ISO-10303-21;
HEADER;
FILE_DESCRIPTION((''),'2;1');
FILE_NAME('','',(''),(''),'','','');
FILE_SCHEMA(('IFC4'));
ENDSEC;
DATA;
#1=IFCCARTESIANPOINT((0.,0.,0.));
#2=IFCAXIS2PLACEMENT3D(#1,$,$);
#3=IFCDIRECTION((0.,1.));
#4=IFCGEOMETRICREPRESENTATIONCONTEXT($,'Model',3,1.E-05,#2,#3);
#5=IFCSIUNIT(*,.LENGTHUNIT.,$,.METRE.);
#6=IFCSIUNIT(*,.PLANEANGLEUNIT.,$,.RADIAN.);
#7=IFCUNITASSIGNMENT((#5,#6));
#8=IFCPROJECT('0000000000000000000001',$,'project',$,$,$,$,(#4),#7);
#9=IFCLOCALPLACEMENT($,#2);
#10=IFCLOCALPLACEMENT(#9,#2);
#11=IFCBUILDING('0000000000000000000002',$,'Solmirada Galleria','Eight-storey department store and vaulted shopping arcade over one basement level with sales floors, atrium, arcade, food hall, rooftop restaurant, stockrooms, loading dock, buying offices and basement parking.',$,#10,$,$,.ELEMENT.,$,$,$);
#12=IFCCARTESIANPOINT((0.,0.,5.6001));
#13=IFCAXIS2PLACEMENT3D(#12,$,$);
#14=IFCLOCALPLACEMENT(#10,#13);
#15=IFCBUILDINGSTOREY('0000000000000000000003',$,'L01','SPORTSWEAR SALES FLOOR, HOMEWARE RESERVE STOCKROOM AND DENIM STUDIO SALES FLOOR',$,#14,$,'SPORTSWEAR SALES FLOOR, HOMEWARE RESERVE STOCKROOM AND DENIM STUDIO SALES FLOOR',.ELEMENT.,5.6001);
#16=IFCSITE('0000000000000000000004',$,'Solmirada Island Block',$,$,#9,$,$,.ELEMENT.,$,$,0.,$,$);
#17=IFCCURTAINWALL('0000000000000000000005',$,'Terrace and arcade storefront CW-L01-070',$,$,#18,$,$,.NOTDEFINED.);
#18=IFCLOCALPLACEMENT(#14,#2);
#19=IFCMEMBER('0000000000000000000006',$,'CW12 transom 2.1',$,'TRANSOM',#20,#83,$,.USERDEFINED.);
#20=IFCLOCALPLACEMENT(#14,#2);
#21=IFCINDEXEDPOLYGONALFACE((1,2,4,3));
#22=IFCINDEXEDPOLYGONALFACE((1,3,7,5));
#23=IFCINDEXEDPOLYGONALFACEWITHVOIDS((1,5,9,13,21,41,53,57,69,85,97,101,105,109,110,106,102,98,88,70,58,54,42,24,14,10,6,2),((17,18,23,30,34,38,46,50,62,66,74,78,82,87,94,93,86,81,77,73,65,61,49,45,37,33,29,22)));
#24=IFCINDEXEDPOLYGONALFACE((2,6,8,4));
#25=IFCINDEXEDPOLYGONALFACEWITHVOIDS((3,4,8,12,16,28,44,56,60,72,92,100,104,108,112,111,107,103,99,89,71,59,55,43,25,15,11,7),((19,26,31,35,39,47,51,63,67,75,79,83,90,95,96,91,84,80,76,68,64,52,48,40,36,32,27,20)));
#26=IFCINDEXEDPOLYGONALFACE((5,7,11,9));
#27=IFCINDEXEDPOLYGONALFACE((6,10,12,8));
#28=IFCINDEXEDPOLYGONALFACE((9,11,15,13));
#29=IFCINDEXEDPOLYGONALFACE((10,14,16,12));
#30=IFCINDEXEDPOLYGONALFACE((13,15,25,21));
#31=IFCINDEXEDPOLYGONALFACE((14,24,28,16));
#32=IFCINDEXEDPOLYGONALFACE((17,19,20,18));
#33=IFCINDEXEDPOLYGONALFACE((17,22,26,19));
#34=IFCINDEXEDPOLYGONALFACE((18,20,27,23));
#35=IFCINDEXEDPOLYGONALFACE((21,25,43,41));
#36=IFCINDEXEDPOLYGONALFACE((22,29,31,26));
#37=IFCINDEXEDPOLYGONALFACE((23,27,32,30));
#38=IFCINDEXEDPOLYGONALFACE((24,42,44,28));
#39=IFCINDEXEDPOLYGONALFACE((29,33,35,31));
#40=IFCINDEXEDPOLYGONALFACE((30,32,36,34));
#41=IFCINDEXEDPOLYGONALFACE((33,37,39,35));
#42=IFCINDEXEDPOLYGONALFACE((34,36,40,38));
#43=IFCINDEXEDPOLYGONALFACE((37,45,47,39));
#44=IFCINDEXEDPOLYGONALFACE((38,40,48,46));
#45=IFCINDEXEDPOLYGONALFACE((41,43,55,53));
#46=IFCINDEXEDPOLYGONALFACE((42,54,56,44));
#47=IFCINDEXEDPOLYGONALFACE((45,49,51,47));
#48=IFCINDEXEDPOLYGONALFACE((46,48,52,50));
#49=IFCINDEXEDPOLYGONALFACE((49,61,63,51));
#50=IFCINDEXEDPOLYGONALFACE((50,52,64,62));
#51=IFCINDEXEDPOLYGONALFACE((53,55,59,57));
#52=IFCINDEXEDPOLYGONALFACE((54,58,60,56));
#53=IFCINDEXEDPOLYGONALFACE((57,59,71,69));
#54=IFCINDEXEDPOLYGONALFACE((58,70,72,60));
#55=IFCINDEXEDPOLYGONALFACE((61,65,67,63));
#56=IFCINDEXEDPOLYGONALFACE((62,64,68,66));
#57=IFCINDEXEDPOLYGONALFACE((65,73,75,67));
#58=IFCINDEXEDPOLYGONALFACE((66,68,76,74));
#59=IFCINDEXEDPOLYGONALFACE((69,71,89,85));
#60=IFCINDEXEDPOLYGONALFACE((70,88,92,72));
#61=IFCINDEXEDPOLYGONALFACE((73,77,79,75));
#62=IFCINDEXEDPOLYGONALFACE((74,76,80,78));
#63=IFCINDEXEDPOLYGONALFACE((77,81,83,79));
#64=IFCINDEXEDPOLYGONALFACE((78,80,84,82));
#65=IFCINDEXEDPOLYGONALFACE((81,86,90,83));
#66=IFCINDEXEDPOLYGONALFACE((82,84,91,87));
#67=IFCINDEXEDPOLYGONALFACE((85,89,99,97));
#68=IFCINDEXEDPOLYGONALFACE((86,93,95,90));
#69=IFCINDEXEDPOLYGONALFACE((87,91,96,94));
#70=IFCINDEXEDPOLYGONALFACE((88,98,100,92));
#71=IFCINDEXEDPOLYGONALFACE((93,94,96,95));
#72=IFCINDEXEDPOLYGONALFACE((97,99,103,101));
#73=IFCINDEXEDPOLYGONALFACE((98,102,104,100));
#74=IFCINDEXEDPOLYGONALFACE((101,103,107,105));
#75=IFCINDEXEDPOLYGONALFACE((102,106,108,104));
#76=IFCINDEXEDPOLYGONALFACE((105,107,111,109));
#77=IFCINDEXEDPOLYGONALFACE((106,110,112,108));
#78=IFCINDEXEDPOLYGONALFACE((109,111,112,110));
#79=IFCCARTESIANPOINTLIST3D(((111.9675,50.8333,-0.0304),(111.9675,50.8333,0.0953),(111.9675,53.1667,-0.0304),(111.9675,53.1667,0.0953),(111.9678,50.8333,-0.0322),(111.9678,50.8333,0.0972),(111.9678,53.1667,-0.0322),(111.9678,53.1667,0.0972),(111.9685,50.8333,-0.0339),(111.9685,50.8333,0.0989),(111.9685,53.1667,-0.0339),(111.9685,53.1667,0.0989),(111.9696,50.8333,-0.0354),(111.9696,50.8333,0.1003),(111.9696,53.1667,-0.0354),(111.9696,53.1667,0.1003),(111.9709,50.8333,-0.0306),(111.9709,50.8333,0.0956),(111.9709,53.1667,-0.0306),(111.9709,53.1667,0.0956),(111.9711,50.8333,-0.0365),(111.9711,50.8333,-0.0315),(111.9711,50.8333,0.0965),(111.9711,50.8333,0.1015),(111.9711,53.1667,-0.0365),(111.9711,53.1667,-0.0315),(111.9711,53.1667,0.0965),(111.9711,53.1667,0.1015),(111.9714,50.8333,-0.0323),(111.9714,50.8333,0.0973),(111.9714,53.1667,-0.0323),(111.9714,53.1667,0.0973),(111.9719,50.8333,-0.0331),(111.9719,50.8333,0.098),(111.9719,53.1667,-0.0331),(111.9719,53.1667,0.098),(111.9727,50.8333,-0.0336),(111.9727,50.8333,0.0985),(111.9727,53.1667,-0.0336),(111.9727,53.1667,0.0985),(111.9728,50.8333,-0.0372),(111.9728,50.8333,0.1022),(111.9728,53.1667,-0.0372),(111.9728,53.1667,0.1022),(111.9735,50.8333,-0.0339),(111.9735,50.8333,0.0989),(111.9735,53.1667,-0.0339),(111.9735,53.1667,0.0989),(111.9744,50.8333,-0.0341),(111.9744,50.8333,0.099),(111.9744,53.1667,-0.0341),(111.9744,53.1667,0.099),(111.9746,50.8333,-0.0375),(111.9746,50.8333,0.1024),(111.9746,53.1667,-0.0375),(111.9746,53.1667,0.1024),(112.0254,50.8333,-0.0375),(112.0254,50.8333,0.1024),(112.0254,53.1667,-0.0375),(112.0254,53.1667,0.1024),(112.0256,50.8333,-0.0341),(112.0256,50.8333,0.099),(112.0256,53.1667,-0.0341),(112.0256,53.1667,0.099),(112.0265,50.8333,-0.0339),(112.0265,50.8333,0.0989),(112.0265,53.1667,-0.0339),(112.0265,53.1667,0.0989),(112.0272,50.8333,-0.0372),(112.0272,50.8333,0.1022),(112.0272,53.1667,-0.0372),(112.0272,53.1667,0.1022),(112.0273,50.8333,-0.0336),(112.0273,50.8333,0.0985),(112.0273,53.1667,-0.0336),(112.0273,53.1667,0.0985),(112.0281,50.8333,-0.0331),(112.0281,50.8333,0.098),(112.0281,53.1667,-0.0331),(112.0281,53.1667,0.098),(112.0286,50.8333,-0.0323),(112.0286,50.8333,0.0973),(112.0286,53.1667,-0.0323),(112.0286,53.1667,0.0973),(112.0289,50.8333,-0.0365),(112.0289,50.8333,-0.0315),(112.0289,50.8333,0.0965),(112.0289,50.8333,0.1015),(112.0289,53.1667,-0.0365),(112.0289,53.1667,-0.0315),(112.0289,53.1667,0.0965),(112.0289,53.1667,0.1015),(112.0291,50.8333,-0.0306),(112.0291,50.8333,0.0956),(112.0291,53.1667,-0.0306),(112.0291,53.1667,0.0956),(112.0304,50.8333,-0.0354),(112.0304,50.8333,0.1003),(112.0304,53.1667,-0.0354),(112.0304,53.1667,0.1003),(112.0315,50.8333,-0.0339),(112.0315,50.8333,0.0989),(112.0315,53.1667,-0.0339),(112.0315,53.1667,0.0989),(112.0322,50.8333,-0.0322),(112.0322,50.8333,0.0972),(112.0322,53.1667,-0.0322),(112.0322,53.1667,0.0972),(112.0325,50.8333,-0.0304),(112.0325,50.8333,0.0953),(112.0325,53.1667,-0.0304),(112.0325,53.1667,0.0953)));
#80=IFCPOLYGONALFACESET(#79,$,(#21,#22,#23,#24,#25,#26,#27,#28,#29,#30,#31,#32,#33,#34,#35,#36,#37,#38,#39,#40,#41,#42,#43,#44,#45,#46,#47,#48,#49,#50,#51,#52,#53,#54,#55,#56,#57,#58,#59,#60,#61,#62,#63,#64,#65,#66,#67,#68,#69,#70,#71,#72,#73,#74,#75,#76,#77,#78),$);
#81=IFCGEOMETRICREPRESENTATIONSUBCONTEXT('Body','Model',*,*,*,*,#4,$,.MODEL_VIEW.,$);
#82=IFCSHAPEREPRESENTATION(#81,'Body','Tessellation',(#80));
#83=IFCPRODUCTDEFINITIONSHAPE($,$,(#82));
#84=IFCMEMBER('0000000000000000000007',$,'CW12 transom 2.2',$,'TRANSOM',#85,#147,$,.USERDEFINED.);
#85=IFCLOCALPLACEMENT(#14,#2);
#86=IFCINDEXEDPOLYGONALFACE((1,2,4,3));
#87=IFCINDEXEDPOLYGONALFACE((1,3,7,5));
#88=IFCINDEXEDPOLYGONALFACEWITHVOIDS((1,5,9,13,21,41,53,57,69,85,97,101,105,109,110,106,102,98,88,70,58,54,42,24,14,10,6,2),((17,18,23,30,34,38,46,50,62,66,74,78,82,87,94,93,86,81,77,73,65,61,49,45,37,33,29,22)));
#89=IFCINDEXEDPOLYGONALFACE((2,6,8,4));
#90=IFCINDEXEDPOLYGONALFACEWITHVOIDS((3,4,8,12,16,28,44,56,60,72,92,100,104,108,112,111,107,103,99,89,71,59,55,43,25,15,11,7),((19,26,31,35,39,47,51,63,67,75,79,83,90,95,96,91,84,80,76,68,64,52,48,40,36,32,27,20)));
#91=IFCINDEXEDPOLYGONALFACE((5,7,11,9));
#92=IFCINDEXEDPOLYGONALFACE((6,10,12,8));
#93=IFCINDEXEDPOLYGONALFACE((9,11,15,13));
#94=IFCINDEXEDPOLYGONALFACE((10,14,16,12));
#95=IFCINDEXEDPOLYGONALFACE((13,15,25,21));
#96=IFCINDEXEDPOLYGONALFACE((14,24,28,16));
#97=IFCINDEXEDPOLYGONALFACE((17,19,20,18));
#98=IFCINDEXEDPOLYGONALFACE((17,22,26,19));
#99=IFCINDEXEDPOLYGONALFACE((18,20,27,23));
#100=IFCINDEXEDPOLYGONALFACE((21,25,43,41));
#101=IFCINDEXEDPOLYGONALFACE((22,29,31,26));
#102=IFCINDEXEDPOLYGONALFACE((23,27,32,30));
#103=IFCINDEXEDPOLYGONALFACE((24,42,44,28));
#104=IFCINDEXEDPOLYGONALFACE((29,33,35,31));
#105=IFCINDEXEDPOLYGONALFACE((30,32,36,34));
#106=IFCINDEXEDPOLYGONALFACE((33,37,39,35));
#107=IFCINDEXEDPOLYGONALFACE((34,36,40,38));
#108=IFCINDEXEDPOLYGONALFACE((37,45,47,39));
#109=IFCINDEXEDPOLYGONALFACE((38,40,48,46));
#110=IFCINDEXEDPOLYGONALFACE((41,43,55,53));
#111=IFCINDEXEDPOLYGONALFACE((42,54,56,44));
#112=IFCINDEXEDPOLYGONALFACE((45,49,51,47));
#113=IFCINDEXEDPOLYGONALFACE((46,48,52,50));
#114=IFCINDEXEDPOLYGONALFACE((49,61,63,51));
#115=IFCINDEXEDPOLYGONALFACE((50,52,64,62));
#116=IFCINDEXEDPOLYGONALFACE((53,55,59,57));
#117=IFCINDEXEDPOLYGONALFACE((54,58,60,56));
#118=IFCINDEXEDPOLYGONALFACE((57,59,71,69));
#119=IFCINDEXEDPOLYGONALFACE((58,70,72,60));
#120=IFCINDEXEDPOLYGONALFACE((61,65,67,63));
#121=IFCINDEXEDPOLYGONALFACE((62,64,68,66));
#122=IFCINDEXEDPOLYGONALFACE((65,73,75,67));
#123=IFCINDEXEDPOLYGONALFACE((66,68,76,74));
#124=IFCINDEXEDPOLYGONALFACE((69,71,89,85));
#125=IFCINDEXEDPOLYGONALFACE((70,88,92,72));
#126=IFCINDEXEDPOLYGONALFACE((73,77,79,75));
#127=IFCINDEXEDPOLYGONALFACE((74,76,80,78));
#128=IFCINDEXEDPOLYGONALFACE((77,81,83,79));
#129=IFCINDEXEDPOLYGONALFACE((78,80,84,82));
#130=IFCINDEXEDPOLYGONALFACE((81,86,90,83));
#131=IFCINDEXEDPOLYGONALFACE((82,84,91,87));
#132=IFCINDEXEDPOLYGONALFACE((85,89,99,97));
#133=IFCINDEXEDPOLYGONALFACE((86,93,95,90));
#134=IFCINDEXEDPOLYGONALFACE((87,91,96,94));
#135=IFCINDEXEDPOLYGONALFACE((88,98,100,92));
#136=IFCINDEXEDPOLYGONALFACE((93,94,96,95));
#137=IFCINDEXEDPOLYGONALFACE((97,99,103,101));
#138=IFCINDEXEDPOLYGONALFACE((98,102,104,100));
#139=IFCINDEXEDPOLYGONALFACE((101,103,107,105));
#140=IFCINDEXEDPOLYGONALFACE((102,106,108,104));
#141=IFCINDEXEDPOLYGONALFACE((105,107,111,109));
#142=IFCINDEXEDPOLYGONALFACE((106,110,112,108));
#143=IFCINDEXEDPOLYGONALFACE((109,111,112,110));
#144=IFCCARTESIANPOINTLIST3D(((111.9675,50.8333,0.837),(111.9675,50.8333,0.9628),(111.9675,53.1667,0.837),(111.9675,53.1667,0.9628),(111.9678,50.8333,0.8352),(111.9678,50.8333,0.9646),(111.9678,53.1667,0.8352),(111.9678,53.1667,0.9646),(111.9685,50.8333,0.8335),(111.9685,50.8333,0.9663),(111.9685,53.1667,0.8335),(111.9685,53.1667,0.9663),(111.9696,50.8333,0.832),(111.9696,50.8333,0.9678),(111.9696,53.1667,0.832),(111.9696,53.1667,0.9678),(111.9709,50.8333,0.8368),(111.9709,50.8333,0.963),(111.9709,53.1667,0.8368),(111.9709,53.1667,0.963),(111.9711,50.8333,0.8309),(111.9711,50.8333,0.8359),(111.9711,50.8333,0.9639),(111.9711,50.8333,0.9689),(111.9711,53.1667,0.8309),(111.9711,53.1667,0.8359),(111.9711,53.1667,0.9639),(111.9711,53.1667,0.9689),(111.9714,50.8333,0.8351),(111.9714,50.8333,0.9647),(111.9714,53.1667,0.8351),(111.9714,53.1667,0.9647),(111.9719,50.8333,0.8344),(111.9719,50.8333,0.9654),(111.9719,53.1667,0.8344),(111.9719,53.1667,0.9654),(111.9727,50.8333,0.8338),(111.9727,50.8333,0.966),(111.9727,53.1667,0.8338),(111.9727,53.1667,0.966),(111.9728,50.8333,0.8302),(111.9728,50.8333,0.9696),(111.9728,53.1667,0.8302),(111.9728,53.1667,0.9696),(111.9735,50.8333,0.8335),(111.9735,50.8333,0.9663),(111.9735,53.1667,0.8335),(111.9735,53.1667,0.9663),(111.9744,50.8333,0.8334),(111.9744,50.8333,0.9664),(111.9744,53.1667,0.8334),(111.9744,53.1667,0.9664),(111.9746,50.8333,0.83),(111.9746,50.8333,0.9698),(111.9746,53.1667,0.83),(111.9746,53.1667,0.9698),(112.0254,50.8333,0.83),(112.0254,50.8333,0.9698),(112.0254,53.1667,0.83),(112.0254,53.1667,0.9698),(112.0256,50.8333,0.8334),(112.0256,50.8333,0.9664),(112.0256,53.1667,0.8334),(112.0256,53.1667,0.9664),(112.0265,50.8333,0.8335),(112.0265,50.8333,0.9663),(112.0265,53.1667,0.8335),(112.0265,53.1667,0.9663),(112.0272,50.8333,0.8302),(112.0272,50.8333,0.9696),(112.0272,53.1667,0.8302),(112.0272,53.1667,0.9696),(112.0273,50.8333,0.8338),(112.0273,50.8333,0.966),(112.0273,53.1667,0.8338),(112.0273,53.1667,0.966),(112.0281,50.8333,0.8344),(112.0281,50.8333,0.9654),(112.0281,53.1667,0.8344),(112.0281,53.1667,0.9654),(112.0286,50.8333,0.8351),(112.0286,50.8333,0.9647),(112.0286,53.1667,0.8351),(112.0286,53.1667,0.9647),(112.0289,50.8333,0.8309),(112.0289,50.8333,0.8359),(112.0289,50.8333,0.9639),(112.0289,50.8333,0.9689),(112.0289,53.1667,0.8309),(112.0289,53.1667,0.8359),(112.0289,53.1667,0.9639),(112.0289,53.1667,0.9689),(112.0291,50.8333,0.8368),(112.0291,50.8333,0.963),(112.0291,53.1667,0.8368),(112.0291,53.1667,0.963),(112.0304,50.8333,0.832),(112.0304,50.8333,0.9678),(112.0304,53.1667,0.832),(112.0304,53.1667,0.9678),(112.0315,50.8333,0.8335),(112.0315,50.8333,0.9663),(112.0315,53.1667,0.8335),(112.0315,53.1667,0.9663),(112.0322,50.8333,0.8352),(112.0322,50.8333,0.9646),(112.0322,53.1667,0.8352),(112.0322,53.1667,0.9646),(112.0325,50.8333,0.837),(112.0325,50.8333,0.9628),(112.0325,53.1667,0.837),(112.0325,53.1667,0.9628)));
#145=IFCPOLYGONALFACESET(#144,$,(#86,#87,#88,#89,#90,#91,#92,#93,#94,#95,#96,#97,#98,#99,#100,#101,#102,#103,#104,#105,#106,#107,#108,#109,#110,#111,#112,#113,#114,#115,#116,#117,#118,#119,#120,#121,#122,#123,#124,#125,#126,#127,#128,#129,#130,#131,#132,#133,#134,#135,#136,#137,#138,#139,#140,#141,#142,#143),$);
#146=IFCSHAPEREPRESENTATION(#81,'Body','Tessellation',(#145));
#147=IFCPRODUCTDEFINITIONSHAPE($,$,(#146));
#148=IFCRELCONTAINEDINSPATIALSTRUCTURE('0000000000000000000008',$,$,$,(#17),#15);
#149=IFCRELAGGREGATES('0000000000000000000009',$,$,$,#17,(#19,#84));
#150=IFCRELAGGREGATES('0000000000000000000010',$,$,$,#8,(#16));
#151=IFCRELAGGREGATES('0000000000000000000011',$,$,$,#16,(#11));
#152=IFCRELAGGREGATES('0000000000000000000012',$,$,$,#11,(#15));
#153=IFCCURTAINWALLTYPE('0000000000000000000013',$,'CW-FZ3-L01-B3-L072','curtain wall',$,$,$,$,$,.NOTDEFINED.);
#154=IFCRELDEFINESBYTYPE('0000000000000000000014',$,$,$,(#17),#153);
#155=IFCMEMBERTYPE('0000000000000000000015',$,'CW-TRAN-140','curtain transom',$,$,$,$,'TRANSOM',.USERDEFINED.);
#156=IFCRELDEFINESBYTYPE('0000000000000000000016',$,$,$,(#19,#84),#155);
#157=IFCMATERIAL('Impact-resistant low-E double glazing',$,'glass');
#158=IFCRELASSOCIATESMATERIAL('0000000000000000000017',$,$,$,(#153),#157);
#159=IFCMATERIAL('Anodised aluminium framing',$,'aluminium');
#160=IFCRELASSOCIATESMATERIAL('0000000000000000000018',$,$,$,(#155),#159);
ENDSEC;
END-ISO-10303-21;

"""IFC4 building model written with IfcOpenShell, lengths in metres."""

from ifc_helpers import new_model, si_unit, direction, frame, origin, origin_2d, place, context, subcontext, project, spatial, hollow_rectangle, extrude, material, material_profile, profile_set, type_object, element, aggregate, save


model = new_model("IFC4")

# Units and contexts
model_context = context("Model", 3, precision=1e-05, world=origin(), true_north=direction((0.0, 1.0)))
body_context = subcontext(model_context, "Body", "Model", "MODEL_VIEW")
ifc_project = project(units=[si_unit("LENGTHUNIT", "METRE"), si_unit("PLANEANGLEUNIT", "RADIAN")], contexts=[model_context])

# Site, building, storey
site_placement = place(None, origin())
site = spatial("IfcSite", under=ifc_project, at=site_placement, Name="Solmirada Island Block", CompositionType="ELEMENT", RefElevation=0.0)
building_placement = place(site_placement, origin())
building = spatial("IfcBuilding", under=site, at=building_placement, Name="Solmirada Galleria", Description="Eight-storey department store and vaulted shopping arcade over one basement level with sales floors, atrium, arcade, food hall, rooftop restaurant, stockrooms, loading dock, buying offices and basement parking.", CompositionType="ELEMENT")
storey_placement = place(building_placement, frame((0.0, 0.0, 5.6001)))
storey = spatial("IfcBuildingStorey", under=building, at=storey_placement, Name="L01", Description="SPORTSWEAR SALES FLOOR, HOMEWARE RESERVE STOCKROOM AND DENIM STUDIO SALES FLOOR", LongName="SPORTSWEAR SALES FLOOR, HOMEWARE RESERVE STOCKROOM AND DENIM STUDIO SALES FLOOR", CompositionType="ELEMENT", Elevation=5.6001)

# Curtain wall
ifc_material_1 = material(Name="Impact-resistant low-E double glazing", Category="glass")
curtain_wall_type = type_object("IfcCurtainWallType", Name="CW-FZ3-L01-B3-L072", Description="curtain wall", PredefinedType="NOTDEFINED", material=ifc_material_1)
ifc_material_2 = material(Name="Anodised aluminium framing", Category="aluminium")
curtain_wall_1_placement = place(storey_placement, origin())
curtain_wall_1 = element("IfcCurtainWall", 1, at=curtain_wall_1_placement, inside=storey, type_object=curtain_wall_type, Name="Terrace and arcade storefront CW-L01-070", PredefinedType="NOTDEFINED")

# Members
ifc_material_profile_1 = material_profile(ifc_material_2, hollow_rectangle(XDim=0.0649, YDim=0.1399, WallThickness=0.0034, InnerFilletRadius=0.0034, OuterFilletRadius=0.0071, at=origin_2d()), Name="ALU-TRAN-140X65")
ifc_profile_set_1 = profile_set([ifc_material_profile_1], Name="Anodised aluminium framing")
member_type_1 = type_object("IfcMemberType", Name="CW-TRAN-140", Description="curtain transom", ElementType="TRANSOM", PredefinedType="USERDEFINED", material=ifc_profile_set_1)
member_1_placement = place(storey_placement, frame((112.0, 53.1667, 0.0325), z_axis=(0.0, -1.0, 0.0), x_axis=(1.0, 0.0, 0.0)))
member_1 = element("IfcMember", 2, at=member_1_placement, type_object=member_type_1, Name="CW12 transom 2.1", ObjectType="TRANSOM", PredefinedType="USERDEFINED", context=body_context, shape_type="SweptSolid", body=[
    extrude(hollow_rectangle(XDim=0.0649, YDim=0.1399, WallThickness=0.0034, InnerFilletRadius=0.0034, OuterFilletRadius=0.0071, at=origin_2d()), origin(), (0.0, 0.0, 1.0), 2.3335),
])
member_2_placement = place(storey_placement, frame((112.0, 53.1667, 0.8999), z_axis=(0.0, -1.0, 0.0), x_axis=(1.0, 0.0, 0.0)))
member_2 = element("IfcMember", 3, at=member_2_placement, type_object=member_type_1, Name="CW12 transom 2.2", ObjectType="TRANSOM", PredefinedType="USERDEFINED", context=body_context, shape_type="SweptSolid", body=[
    extrude(hollow_rectangle(XDim=0.0649, YDim=0.1399, WallThickness=0.0034, InnerFilletRadius=0.0034, OuterFilletRadius=0.0071, at=origin_2d()), origin(), (0.0, 0.0, 1.0), 2.3335),
])

aggregate(curtain_wall_1, [member_1, member_2])

save(model, "model.ifc")
